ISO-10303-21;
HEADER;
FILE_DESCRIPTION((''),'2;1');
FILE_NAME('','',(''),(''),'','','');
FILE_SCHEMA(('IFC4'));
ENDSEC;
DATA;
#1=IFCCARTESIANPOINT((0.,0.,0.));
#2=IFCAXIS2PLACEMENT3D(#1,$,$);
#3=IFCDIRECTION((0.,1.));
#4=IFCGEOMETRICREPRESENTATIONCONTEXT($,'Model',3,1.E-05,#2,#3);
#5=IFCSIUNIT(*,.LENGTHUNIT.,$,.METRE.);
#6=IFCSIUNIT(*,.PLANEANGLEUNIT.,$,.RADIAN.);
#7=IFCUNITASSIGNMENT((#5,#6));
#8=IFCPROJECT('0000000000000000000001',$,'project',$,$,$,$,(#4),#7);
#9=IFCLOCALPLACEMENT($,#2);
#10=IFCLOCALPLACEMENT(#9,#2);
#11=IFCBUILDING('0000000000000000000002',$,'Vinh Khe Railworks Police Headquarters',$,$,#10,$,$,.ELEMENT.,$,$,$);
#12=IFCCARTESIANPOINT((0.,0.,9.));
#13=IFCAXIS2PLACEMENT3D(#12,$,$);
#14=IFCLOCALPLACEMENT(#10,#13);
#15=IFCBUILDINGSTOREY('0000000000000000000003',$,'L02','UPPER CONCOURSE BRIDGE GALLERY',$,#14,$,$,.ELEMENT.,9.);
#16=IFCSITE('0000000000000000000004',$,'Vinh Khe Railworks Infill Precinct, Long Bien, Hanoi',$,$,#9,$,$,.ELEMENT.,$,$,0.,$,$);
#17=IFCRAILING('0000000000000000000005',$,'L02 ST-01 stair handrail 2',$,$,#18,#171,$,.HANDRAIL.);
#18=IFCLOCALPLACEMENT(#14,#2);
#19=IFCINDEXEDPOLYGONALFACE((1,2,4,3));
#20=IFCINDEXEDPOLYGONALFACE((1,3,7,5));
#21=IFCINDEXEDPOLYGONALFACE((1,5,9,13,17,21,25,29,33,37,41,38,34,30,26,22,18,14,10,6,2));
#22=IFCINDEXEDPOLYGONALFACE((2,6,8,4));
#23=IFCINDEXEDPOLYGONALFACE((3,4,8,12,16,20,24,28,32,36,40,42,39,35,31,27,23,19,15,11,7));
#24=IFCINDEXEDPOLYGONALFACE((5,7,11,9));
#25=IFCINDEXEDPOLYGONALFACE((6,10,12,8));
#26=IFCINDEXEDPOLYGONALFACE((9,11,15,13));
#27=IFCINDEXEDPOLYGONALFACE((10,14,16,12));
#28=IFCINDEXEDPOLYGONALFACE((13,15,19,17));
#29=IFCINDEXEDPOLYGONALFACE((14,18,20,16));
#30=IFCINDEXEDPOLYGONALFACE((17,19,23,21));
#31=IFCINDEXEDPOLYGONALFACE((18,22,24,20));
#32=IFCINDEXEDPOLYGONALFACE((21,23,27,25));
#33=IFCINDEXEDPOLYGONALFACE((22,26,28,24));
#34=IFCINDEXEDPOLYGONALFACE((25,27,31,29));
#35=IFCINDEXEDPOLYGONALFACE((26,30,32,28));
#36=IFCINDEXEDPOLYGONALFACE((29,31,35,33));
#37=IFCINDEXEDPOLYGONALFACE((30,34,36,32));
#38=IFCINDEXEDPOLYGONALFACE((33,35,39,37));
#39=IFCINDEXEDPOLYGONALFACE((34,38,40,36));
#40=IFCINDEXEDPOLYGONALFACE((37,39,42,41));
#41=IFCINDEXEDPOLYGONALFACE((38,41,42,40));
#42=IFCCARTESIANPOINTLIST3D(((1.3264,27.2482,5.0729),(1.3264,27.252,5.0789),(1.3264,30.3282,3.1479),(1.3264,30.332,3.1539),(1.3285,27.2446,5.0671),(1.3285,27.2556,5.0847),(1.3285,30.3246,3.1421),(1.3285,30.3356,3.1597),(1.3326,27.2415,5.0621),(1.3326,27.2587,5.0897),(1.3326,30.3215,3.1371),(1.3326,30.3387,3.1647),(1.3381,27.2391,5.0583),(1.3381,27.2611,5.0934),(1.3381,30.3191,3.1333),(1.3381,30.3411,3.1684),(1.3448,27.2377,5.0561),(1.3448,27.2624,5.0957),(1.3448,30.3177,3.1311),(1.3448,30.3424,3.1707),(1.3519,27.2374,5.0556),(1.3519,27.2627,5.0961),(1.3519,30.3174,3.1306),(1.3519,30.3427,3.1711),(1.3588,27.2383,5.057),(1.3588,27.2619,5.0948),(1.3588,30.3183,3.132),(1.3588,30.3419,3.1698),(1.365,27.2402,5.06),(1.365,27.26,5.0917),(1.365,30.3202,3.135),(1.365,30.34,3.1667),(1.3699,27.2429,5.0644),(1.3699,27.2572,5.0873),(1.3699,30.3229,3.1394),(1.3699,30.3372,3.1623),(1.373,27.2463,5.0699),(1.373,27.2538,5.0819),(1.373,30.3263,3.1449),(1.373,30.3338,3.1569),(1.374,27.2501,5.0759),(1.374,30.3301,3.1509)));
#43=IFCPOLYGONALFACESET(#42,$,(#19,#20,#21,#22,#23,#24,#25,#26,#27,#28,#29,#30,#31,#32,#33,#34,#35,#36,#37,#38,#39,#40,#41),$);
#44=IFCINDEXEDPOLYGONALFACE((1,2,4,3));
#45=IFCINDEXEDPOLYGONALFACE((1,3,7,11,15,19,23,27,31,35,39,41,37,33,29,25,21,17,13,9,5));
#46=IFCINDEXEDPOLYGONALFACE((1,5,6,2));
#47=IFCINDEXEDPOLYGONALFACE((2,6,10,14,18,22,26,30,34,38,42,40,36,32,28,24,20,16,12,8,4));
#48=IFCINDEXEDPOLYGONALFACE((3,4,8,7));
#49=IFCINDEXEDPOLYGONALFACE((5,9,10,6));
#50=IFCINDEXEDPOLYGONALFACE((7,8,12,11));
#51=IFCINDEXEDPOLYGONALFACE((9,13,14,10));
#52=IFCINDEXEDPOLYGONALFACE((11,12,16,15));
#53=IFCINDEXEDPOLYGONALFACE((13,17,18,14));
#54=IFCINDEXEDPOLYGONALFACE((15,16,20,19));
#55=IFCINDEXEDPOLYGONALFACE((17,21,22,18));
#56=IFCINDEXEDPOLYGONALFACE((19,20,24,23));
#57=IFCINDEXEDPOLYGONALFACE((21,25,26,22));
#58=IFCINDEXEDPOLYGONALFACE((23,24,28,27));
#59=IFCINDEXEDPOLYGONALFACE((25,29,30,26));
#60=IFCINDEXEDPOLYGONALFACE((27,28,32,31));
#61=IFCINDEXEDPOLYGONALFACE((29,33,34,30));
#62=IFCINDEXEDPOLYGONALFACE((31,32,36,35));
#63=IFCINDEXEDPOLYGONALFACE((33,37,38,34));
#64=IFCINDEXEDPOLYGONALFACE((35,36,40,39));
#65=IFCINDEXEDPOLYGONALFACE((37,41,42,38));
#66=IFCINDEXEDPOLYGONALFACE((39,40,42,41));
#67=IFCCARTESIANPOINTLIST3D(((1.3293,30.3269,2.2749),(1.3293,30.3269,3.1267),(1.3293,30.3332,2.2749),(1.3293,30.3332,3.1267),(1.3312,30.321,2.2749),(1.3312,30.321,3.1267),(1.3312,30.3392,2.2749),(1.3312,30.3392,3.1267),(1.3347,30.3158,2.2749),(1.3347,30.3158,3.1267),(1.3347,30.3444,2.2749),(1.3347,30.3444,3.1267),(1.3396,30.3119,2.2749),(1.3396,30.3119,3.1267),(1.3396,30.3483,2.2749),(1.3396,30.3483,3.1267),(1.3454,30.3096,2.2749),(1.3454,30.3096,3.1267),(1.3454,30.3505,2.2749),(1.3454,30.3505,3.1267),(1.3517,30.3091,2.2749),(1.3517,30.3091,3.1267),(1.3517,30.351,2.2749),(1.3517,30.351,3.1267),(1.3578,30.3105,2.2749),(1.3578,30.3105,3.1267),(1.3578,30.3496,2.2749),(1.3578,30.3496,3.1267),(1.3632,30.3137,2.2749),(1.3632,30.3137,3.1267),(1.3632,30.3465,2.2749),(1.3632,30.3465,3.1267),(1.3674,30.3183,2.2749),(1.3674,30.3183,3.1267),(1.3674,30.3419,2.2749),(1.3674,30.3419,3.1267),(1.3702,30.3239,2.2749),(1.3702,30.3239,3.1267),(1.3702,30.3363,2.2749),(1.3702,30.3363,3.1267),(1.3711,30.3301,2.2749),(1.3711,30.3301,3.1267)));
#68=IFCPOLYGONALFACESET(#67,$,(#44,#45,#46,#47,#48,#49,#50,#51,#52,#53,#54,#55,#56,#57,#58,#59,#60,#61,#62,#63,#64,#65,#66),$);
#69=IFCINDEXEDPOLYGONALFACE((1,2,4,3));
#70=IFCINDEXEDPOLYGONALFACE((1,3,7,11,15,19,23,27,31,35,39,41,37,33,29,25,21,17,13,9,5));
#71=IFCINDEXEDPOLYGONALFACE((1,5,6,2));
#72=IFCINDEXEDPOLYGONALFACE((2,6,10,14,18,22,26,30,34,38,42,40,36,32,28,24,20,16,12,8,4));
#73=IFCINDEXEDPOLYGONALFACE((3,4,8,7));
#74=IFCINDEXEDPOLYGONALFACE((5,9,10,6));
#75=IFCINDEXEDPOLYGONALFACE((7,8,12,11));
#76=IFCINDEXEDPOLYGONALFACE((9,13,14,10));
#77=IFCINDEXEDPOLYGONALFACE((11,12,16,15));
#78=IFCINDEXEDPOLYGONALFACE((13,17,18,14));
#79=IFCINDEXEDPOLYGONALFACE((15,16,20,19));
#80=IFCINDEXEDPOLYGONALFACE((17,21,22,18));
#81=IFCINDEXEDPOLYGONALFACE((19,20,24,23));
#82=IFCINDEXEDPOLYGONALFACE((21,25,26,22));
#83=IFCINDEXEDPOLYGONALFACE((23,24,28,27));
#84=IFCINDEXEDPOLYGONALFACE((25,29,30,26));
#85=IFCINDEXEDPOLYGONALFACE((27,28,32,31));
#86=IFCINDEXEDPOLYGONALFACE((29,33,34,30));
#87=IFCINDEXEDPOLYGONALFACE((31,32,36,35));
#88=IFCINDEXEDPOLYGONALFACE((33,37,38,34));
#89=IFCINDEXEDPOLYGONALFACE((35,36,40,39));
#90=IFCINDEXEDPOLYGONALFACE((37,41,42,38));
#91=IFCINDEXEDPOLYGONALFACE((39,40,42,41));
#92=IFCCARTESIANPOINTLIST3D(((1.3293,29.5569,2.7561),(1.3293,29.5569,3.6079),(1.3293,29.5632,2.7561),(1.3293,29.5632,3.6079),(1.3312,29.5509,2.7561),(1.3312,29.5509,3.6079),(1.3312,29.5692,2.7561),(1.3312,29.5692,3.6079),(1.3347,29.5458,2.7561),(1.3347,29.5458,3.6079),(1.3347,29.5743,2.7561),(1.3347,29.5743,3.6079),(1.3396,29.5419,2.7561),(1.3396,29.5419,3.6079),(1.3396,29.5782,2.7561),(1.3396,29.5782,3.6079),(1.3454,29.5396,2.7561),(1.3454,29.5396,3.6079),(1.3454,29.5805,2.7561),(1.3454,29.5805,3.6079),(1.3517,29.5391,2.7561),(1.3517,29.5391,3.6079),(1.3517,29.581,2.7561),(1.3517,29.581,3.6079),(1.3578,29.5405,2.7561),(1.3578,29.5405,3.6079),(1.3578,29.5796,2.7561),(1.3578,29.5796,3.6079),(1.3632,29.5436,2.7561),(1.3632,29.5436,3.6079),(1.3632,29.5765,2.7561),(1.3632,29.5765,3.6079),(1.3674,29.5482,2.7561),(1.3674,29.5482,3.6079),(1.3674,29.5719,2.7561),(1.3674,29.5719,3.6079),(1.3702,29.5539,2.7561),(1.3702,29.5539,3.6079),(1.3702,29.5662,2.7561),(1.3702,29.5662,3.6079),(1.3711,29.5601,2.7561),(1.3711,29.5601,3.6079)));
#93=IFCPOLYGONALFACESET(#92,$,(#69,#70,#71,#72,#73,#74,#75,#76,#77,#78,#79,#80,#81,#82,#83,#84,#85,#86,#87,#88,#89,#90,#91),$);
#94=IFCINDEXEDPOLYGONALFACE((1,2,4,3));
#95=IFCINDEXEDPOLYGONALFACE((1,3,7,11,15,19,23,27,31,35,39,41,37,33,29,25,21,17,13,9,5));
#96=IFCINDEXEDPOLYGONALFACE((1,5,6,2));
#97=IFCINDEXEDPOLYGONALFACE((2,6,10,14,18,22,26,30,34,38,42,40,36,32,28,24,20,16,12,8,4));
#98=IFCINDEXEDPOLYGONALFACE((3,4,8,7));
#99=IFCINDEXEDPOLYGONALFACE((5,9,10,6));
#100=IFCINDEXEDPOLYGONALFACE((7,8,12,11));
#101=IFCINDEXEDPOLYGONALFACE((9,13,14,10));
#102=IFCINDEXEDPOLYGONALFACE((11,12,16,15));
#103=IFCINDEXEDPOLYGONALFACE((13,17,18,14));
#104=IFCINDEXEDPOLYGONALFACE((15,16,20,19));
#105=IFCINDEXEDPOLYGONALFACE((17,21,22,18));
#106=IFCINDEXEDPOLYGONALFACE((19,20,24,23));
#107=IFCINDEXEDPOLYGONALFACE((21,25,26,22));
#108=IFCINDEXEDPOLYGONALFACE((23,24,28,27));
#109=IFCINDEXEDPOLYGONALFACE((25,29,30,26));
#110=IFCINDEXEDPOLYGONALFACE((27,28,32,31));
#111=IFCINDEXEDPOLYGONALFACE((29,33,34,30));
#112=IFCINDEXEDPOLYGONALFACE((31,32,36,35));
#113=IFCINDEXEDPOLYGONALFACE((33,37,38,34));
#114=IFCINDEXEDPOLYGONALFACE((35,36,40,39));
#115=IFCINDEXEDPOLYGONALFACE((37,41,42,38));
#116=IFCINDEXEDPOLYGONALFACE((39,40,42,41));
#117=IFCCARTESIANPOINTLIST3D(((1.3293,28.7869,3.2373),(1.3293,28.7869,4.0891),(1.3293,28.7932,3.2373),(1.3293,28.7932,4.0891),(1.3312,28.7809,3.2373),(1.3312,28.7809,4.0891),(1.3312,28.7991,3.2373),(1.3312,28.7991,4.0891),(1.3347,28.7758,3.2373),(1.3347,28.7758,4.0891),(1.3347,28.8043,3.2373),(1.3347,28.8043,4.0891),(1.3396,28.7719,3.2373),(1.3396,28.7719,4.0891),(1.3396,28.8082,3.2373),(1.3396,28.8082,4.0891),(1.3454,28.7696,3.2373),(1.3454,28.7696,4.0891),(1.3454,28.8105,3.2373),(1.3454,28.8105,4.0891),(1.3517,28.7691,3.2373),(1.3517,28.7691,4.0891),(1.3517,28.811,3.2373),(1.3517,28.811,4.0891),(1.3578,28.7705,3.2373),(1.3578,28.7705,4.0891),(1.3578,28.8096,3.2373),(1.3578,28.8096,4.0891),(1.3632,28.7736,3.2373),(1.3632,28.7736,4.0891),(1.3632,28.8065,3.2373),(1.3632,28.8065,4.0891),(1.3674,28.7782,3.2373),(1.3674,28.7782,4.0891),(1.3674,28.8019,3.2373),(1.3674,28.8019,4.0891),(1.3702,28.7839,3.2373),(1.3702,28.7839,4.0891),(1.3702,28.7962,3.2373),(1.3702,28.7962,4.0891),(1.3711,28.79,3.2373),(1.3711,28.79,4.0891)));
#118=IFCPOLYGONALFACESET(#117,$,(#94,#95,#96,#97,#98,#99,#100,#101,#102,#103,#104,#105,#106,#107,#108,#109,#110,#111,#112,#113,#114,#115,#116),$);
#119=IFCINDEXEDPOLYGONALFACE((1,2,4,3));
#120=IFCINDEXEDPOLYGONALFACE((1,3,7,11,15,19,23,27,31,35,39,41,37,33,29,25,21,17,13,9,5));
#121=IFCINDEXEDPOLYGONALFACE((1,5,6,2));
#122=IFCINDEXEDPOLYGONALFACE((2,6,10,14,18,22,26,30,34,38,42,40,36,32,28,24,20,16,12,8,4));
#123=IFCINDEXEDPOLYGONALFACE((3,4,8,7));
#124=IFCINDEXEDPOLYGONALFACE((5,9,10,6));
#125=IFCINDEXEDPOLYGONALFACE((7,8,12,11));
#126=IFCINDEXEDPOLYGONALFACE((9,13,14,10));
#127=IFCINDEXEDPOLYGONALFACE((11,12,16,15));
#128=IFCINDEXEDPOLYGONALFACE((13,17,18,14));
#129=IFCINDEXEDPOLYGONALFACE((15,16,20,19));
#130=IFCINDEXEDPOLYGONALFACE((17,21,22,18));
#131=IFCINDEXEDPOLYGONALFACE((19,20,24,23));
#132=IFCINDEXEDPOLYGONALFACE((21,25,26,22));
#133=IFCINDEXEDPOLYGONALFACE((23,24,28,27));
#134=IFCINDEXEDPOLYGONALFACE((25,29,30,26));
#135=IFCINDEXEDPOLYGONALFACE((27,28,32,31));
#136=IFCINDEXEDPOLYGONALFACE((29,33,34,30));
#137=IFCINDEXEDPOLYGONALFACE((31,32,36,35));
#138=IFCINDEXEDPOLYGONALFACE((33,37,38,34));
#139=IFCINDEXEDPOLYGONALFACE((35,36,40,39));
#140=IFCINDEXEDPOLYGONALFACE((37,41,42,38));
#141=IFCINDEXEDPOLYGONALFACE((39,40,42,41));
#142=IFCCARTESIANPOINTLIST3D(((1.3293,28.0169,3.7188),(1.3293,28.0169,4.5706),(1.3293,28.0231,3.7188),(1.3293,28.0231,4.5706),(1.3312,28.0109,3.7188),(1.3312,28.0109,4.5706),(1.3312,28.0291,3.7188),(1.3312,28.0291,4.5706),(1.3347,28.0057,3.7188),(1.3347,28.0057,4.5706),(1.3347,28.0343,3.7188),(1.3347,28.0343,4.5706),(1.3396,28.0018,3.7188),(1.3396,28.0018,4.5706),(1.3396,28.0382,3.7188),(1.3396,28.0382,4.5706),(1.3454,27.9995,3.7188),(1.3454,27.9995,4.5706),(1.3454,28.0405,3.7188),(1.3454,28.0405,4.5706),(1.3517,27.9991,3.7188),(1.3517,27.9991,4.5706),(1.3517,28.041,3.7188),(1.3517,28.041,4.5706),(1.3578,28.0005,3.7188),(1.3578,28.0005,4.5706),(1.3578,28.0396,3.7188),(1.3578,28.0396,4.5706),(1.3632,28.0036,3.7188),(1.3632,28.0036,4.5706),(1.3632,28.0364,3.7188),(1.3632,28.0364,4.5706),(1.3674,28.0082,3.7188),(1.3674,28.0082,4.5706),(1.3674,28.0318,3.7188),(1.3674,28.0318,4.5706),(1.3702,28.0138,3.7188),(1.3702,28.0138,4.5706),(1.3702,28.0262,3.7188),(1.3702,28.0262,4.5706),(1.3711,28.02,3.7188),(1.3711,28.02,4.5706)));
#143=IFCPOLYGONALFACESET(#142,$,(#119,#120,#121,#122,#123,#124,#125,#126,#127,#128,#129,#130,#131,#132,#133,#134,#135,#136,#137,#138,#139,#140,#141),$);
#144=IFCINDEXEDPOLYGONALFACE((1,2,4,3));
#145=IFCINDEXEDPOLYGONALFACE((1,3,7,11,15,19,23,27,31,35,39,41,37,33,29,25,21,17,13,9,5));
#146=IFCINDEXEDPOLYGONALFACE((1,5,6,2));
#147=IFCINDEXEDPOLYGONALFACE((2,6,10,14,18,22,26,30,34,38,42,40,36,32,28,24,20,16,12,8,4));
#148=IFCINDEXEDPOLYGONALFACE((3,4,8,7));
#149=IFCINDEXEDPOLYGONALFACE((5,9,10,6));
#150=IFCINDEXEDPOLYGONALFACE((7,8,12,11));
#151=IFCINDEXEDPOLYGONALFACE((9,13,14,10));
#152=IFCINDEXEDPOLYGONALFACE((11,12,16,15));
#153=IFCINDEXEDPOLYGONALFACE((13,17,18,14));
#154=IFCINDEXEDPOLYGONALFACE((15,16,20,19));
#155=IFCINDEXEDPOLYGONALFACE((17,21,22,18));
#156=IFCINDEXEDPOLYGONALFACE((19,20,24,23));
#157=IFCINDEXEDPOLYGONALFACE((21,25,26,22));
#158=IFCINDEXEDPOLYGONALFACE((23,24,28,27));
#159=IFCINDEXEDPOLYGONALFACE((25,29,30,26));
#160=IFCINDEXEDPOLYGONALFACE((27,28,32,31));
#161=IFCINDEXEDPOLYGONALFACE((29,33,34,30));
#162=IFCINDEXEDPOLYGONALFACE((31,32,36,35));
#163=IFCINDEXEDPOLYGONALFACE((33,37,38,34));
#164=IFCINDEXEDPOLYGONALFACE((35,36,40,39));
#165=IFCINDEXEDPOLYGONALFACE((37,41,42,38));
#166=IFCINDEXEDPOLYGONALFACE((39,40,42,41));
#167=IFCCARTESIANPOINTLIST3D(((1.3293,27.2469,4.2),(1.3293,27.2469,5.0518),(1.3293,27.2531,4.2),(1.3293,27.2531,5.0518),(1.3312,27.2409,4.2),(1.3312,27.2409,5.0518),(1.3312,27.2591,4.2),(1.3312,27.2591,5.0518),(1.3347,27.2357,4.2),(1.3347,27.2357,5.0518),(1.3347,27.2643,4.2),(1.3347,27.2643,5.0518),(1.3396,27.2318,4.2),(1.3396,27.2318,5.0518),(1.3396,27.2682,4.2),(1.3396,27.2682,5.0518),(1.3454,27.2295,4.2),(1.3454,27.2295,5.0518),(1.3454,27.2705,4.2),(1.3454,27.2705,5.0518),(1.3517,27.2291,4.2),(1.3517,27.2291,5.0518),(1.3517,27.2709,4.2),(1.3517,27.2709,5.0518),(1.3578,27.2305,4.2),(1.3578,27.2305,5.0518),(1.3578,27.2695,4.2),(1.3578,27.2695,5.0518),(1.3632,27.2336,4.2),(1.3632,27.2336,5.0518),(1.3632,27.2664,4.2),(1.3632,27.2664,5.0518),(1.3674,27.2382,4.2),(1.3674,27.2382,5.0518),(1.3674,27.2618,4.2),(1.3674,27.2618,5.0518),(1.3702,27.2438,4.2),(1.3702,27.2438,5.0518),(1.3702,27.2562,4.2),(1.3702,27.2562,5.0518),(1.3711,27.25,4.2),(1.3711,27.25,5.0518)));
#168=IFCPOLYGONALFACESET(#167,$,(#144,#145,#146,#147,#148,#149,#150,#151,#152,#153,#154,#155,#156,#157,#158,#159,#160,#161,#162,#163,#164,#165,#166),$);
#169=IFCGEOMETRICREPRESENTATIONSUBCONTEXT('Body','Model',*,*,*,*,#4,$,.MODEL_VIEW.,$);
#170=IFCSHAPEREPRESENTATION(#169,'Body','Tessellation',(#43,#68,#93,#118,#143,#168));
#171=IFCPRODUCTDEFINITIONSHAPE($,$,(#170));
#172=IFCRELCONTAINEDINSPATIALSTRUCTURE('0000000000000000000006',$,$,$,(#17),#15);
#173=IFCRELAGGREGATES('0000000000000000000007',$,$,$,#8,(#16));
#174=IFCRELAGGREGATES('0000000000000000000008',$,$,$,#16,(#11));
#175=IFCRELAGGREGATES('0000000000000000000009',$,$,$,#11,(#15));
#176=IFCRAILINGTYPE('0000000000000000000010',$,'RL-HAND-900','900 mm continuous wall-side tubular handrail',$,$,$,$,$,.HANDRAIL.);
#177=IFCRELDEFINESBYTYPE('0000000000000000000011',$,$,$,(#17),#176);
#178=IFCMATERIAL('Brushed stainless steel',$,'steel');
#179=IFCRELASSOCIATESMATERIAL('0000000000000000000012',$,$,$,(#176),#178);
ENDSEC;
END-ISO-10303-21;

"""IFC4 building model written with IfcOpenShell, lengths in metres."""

from ifc_helpers import new_model, si_unit, direction, frame, origin, origin_2d, place, context, subcontext, project, spatial, circle, extrude, material, type_object, element, save


model = new_model("IFC4")

# Units and contexts
model_context = context("Model", 3, precision=1e-05, world=origin(), true_north=direction((0.0, 1.0)))
body_context = subcontext(model_context, "Body", "Model", "MODEL_VIEW")
ifc_project = project(units=[si_unit("LENGTHUNIT", "METRE"), si_unit("PLANEANGLEUNIT", "RADIAN")], contexts=[model_context])

# Site, building, storey
site_placement = place(None, origin())
site = spatial("IfcSite", under=ifc_project, at=site_placement, Name="Vinh Khe Railworks Infill Precinct, Long Bien, Hanoi", CompositionType="ELEMENT", RefElevation=0.0)
building_placement = place(site_placement, origin())
building = spatial("IfcBuilding", under=site, at=building_placement, Name="Vinh Khe Railworks Police Headquarters", CompositionType="ELEMENT")
storey_placement = place(building_placement, frame((0.0, 0.0, 9.0)))
storey = spatial("IfcBuildingStorey", under=building, at=storey_placement, Name="L02", Description="UPPER CONCOURSE BRIDGE GALLERY", CompositionType="ELEMENT", Elevation=9.0)

# Railing
ifc_material_1 = material(Name="Brushed stainless steel", Category="steel")
railing_type_1 = type_object("IfcRailingType", Name="RL-HAND-900", Description="900 mm continuous wall-side tubular handrail", PredefinedType="HANDRAIL", material=ifc_material_1)
railing_1_placement = place(storey_placement, frame((1.3501, 30.3301, 2.2749)))
element("IfcRailing", 1, at=railing_1_placement, inside=storey, type_object=railing_type_1, Name="L02 ST-01 stair handrail 2", PredefinedType="HANDRAIL", context=body_context, shape_type="SweptSolid", body=[
    extrude(circle(Radius=0.0239, at=origin_2d()), frame((0.0, 0.0, 0.876), z_axis=(0.0, -0.847998, 0.529999), x_axis=(1.0, 0.0, 0.0)), (0.0, 0.0, 1.0), 3.6321),
    extrude(circle(Radius=0.021, at=origin_2d()), origin(), (0.0, 0.0, 1.0), 0.8518),
    extrude(circle(Radius=0.021, at=origin_2d()), frame((0.0, -0.77, 0.4812)), (0.0, 0.0, 1.0), 0.8518),
    extrude(circle(Radius=0.021, at=origin_2d()), frame((0.0, -1.54, 0.9624)), (0.0, 0.0, 1.0), 0.8518),
    extrude(circle(Radius=0.021, at=origin_2d()), frame((0.0, -2.3101, 1.4438)), (0.0, 0.0, 1.0), 0.8518),
    extrude(circle(Radius=0.021, at=origin_2d()), frame((0.0, -3.0801, 1.925)), (0.0, 0.0, 1.0), 0.8518),
])

save(model, "model.ifc")
